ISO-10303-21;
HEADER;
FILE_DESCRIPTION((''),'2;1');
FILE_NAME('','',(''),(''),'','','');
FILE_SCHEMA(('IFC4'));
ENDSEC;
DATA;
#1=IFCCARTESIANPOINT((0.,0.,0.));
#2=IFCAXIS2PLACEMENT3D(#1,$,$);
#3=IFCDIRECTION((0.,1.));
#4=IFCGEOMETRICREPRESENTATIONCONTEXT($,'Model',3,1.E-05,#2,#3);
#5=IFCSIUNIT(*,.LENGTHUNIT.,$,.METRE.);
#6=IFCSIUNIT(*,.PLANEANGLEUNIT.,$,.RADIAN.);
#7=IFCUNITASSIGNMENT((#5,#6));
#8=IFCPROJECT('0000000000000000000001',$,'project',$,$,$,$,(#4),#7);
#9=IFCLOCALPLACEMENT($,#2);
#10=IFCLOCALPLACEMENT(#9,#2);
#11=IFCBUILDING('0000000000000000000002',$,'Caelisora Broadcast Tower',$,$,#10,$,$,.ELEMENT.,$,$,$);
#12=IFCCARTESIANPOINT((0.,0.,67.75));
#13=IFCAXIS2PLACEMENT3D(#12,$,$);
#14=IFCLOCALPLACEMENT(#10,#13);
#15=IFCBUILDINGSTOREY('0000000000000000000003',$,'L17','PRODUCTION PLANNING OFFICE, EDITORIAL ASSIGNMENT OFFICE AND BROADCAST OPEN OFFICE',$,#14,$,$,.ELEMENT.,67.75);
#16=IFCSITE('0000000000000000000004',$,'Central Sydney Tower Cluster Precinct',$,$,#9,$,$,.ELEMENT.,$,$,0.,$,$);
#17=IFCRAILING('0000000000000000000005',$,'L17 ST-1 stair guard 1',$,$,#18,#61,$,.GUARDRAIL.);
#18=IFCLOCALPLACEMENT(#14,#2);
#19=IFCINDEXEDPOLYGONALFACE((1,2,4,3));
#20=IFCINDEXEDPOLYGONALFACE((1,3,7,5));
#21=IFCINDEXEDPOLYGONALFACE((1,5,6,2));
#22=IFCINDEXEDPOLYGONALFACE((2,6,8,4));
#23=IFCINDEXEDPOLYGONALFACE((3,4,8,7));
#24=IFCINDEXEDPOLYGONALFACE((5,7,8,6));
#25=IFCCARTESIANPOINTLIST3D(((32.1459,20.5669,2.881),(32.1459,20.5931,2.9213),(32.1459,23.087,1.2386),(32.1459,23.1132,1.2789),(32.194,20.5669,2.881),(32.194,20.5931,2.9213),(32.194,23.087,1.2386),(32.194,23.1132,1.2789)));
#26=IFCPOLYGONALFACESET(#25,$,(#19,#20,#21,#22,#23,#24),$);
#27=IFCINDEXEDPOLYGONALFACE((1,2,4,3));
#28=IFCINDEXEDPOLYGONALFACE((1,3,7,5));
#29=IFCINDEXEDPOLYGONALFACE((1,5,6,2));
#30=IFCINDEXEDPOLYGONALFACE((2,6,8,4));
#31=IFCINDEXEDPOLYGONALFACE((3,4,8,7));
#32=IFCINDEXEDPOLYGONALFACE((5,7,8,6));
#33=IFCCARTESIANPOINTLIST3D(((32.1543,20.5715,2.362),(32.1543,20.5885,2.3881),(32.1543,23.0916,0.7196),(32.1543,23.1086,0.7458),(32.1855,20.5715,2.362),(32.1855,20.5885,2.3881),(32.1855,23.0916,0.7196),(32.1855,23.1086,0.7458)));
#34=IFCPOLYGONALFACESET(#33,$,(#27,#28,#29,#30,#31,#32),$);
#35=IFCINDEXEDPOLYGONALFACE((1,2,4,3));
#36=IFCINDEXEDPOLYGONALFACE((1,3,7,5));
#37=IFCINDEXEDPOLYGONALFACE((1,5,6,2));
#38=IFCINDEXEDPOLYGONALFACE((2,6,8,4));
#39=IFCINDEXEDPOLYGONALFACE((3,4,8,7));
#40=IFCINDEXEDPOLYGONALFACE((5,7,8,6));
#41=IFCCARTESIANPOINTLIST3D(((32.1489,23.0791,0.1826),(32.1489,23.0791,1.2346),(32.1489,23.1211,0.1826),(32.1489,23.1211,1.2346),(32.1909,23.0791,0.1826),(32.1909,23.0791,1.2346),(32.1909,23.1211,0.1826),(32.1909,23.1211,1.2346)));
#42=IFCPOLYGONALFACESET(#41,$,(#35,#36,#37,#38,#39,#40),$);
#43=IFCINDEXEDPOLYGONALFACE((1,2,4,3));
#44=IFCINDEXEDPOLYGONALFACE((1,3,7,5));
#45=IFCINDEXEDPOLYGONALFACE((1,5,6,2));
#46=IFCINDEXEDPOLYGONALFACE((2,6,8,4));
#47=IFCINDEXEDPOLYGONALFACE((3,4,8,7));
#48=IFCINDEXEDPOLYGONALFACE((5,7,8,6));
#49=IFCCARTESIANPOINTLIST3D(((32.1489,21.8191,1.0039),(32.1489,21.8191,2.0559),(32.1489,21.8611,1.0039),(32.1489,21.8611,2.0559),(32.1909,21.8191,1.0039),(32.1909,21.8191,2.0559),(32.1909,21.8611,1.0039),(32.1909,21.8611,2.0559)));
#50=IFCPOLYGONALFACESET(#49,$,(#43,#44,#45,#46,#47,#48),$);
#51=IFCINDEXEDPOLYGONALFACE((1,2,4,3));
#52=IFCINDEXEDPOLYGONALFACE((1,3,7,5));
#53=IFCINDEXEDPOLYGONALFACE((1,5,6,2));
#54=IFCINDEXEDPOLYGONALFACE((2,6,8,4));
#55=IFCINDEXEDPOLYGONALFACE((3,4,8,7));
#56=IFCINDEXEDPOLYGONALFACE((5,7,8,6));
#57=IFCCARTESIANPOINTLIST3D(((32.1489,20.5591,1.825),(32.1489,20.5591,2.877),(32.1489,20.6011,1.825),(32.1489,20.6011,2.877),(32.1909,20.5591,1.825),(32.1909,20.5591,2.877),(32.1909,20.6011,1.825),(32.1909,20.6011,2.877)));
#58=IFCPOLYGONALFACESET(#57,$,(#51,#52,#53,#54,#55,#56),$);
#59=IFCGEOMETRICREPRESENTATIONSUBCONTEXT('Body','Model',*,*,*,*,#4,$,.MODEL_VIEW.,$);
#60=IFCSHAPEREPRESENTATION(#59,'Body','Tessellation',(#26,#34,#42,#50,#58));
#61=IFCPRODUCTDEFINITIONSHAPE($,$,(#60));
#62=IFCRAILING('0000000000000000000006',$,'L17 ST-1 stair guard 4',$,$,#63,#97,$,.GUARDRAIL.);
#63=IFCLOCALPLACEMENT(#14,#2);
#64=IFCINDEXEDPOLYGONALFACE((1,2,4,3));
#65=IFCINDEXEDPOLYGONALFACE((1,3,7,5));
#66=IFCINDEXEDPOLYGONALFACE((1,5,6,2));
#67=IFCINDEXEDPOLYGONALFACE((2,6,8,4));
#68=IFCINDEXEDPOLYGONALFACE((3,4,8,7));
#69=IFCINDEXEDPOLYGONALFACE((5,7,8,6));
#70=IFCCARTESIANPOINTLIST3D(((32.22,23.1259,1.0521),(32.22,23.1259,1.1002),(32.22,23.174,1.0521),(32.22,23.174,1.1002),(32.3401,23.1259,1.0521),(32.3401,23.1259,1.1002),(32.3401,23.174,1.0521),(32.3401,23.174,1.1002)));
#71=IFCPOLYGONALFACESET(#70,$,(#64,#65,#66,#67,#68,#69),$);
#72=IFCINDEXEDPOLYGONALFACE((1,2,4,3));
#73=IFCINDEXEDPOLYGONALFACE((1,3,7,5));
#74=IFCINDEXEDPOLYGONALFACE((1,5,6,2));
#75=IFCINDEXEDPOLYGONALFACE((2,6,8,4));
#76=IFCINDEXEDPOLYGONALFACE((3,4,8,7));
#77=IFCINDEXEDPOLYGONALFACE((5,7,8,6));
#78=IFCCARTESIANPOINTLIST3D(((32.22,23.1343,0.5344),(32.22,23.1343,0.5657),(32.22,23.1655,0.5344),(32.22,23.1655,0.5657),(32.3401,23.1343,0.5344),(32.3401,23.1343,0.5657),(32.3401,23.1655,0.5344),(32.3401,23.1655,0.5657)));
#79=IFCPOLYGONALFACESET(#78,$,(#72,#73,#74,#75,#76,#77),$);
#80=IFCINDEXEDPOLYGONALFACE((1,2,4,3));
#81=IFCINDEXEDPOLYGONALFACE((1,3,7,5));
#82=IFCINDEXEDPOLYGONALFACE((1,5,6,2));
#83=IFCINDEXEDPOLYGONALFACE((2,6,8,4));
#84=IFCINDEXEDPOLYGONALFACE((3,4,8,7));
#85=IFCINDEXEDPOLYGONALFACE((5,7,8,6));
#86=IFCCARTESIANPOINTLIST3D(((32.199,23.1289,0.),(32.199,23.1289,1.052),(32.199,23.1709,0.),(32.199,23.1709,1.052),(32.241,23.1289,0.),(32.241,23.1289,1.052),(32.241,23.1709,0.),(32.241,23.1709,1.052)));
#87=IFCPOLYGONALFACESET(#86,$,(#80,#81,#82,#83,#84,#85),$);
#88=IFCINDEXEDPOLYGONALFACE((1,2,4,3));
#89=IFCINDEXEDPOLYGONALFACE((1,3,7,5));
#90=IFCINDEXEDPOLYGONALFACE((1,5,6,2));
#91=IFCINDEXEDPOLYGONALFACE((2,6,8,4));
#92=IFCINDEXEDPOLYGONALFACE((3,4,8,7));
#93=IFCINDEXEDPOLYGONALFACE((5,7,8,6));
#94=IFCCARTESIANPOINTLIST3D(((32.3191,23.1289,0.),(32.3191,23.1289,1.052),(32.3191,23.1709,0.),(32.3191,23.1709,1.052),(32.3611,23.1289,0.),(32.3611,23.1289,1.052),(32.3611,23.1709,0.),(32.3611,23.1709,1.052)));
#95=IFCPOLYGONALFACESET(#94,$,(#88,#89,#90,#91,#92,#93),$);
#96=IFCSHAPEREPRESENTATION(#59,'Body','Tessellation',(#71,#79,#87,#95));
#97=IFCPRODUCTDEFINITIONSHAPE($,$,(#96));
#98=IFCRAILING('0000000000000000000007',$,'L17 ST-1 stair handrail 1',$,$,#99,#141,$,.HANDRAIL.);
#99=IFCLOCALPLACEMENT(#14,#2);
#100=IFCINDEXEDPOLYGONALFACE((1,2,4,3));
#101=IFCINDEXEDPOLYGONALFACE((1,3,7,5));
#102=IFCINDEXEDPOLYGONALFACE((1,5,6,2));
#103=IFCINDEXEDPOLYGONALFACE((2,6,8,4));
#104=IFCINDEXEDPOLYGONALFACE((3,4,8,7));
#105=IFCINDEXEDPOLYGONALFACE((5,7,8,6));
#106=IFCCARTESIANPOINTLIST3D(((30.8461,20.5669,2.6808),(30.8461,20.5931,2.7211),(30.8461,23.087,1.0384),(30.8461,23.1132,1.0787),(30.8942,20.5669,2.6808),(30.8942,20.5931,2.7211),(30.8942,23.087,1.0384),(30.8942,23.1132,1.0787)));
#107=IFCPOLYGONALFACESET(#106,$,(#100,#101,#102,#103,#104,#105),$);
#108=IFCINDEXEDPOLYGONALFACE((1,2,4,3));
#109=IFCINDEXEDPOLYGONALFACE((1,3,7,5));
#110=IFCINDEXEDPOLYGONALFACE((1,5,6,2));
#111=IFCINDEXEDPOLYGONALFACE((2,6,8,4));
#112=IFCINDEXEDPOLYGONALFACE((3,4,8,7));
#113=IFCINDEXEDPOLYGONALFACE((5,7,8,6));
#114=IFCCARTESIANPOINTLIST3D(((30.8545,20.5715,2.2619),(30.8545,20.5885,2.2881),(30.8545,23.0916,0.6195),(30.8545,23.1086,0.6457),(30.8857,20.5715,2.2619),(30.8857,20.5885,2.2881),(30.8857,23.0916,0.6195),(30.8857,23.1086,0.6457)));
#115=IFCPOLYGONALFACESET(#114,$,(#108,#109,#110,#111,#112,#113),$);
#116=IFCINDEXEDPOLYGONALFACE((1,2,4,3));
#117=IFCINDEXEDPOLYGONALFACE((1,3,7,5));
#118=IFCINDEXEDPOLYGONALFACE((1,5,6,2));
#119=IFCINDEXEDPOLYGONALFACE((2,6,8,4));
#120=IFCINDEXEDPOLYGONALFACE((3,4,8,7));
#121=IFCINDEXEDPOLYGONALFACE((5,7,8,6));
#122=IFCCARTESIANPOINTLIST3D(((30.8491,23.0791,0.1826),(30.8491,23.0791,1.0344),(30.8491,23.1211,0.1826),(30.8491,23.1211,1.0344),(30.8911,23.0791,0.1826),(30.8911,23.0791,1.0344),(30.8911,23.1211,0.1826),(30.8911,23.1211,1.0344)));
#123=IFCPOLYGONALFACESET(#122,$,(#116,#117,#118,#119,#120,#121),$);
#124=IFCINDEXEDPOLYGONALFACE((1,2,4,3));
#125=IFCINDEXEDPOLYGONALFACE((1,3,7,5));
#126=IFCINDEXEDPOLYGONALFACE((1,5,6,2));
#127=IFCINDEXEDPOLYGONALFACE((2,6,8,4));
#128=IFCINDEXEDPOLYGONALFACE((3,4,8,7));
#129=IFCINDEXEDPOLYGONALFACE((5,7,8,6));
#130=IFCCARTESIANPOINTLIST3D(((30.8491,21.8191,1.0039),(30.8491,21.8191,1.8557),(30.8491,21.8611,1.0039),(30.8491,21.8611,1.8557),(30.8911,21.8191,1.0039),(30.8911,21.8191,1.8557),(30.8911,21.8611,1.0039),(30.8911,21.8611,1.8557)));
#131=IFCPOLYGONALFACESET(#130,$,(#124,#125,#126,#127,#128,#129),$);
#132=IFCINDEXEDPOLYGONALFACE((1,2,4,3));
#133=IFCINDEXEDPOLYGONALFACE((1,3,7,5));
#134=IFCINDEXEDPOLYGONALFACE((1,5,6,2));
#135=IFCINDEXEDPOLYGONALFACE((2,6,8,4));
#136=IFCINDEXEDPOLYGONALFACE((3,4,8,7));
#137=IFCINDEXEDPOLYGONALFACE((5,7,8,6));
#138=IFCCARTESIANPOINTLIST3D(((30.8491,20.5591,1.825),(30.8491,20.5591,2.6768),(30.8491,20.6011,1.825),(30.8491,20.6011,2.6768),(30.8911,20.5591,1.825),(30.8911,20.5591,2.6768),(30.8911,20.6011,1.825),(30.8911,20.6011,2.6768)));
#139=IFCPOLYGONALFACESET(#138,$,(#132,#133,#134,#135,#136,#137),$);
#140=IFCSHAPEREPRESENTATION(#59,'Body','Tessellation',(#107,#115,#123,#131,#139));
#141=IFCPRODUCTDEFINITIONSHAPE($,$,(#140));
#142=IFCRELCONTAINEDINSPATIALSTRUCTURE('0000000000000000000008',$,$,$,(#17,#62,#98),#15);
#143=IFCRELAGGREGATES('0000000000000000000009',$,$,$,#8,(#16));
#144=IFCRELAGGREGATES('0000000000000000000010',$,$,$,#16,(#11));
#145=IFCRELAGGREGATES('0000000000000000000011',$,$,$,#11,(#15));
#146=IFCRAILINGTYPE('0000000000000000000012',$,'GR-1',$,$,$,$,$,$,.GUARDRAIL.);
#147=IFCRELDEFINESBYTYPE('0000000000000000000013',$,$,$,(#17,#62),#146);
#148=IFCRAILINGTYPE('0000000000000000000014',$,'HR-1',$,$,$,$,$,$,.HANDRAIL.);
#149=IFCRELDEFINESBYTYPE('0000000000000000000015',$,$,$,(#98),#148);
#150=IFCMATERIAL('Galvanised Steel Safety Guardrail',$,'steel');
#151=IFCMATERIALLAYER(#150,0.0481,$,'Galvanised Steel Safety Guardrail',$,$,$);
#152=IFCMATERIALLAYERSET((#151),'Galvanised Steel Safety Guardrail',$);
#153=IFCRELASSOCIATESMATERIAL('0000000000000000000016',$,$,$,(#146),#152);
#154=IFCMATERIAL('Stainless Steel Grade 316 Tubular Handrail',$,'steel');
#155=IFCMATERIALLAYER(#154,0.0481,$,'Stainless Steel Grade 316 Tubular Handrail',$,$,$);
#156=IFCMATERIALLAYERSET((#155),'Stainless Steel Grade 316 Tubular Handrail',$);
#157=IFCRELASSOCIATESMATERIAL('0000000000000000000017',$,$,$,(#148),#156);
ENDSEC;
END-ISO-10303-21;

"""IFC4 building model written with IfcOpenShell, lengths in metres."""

from ifc_helpers import new_model, si_unit, direction, frame, origin, origin_2d, place, context, subcontext, project, spatial, rectangle, extrude, material, layer, layer_set, type_object, element, save


model = new_model("IFC4")

# Units and contexts
model_context = context("Model", 3, precision=1e-05, world=origin(), true_north=direction((0.0, 1.0)))
body_context = subcontext(model_context, "Body", "Model", "MODEL_VIEW")
ifc_project = project(units=[si_unit("LENGTHUNIT", "METRE"), si_unit("PLANEANGLEUNIT", "RADIAN")], contexts=[model_context])

# Site, building, storey
site_placement = place(None, origin())
site = spatial("IfcSite", under=ifc_project, at=site_placement, Name="Central Sydney Tower Cluster Precinct", CompositionType="ELEMENT", RefElevation=0.0)
building_placement = place(site_placement, origin())
building = spatial("IfcBuilding", under=site, at=building_placement, Name="Caelisora Broadcast Tower", CompositionType="ELEMENT")
storey_placement = place(building_placement, frame((0.0, 0.0, 67.75)))
storey = spatial("IfcBuildingStorey", under=building, at=storey_placement, Name="L17", Description="PRODUCTION PLANNING OFFICE, EDITORIAL ASSIGNMENT OFFICE AND BROADCAST OPEN OFFICE", CompositionType="ELEMENT", Elevation=67.75)

# Railings
ifc_material_1 = material(Name="Galvanised Steel Safety Guardrail", Category="steel")
ifc_layer_1 = layer(ifc_material_1, 0.0481, Name="Galvanised Steel Safety Guardrail")
ifc_layer_set_1 = layer_set([ifc_layer_1], Name="Galvanised Steel Safety Guardrail")
railing_type_1 = type_object("IfcRailingType", Name="GR-1", PredefinedType="GUARDRAIL", material=ifc_layer_set_1)
railing_1_placement = place(storey_placement, frame((32.1699, 23.1001, 0.1826)))
element("IfcRailing", 1, at=railing_1_placement, inside=storey, type_object=railing_type_1, Name="L17 ST-1 stair guard 1", PredefinedType="GUARDRAIL", context=body_context, shape_type="SweptSolid", body=[
    extrude(rectangle(XDim=0.0481, YDim=0.0481, at=origin_2d()), frame((0.0, 0.0, 1.0762), z_axis=(0.0, -0.837787, 0.545998), x_axis=(1.0, 0.0, 0.0)), (0.0, 0.0, 1.0), 3.0081),
    extrude(rectangle(XDim=0.0312, YDim=0.0312, at=origin_2d()), frame((0.0, 0.0, 0.55), z_axis=(0.0, -0.837787, 0.545998), x_axis=(1.0, 0.0, 0.0)), (0.0, 0.0, 1.0), 3.0081),
    extrude(rectangle(XDim=0.042, YDim=0.042, at=origin_2d()), origin(), (0.0, 0.0, 1.0), 1.052),
    extrude(rectangle(XDim=0.042, YDim=0.042, at=origin_2d()), frame((0.0, -1.26, 0.8213)), (0.0, 0.0, 1.0), 1.052),
    extrude(rectangle(XDim=0.042, YDim=0.042, at=origin_2d()), frame((0.0, -2.52, 1.6423)), (0.0, 0.0, 1.0), 1.052),
])
railing_2_placement = place(storey_placement, frame((32.22, 23.1499, 0.0)))
element("IfcRailing", 2, at=railing_2_placement, inside=storey, type_object=railing_type_1, Name="L17 ST-1 stair guard 4", PredefinedType="GUARDRAIL", context=body_context, shape_type="SweptSolid", body=[
    extrude(rectangle(XDim=0.0481, YDim=0.0481, at=origin_2d()), frame((0.0, 0.0, 1.0762), z_axis=(1.0, 0.0, 0.0), x_axis=(0.0, 1.0, 0.0)), (0.0, 0.0, 1.0), 0.1201),
    extrude(rectangle(XDim=0.0312, YDim=0.0312, at=origin_2d()), frame((0.0, 0.0, 0.55), z_axis=(1.0, 0.0, 0.0), x_axis=(0.0, 1.0, 0.0)), (0.0, 0.0, 1.0), 0.1201),
    extrude(rectangle(XDim=0.042, YDim=0.042, at=origin_2d()), origin(), (0.0, 0.0, 1.0), 1.052),
    extrude(rectangle(XDim=0.042, YDim=0.042, at=origin_2d()), frame((0.1201, 0.0, 0.0)), (0.0, 0.0, 1.0), 1.052),
])
ifc_material_2 = material(Name="Stainless Steel Grade 316 Tubular Handrail", Category="steel")
ifc_layer_2 = layer(ifc_material_2, 0.0481, Name="Stainless Steel Grade 316 Tubular Handrail")
ifc_layer_set_2 = layer_set([ifc_layer_2], Name="Stainless Steel Grade 316 Tubular Handrail")
railing_type_2 = type_object("IfcRailingType", Name="HR-1", PredefinedType="HANDRAIL", material=ifc_layer_set_2)
railing_3_placement = place(storey_placement, frame((30.8701, 23.1001, 0.1826)))
element("IfcRailing", 3, at=railing_3_placement, inside=storey, type_object=railing_type_2, Name="L17 ST-1 stair handrail 1", PredefinedType="HANDRAIL", context=body_context, shape_type="SweptSolid", body=[
    extrude(rectangle(XDim=0.0481, YDim=0.0481, at=origin_2d()), frame((0.0, 0.0, 0.876), z_axis=(0.0, -0.837787, 0.545998), x_axis=(1.0, 0.0, 0.0)), (0.0, 0.0, 1.0), 3.0081),
    extrude(rectangle(XDim=0.0312, YDim=0.0312, at=origin_2d()), frame((0.0, 0.0, 0.45), z_axis=(0.0, -0.837787, 0.545998), x_axis=(1.0, 0.0, 0.0)), (0.0, 0.0, 1.0), 3.0081),
    extrude(rectangle(XDim=0.042, YDim=0.042, at=origin_2d()), origin(), (0.0, 0.0, 1.0), 0.8518),
    extrude(rectangle(XDim=0.042, YDim=0.042, at=origin_2d()), frame((0.0, -1.26, 0.8213)), (0.0, 0.0, 1.0), 0.8518),
    extrude(rectangle(XDim=0.042, YDim=0.042, at=origin_2d()), frame((0.0, -2.52, 1.6423)), (0.0, 0.0, 1.0), 0.8518),
])

save(model, "model.ifc")
